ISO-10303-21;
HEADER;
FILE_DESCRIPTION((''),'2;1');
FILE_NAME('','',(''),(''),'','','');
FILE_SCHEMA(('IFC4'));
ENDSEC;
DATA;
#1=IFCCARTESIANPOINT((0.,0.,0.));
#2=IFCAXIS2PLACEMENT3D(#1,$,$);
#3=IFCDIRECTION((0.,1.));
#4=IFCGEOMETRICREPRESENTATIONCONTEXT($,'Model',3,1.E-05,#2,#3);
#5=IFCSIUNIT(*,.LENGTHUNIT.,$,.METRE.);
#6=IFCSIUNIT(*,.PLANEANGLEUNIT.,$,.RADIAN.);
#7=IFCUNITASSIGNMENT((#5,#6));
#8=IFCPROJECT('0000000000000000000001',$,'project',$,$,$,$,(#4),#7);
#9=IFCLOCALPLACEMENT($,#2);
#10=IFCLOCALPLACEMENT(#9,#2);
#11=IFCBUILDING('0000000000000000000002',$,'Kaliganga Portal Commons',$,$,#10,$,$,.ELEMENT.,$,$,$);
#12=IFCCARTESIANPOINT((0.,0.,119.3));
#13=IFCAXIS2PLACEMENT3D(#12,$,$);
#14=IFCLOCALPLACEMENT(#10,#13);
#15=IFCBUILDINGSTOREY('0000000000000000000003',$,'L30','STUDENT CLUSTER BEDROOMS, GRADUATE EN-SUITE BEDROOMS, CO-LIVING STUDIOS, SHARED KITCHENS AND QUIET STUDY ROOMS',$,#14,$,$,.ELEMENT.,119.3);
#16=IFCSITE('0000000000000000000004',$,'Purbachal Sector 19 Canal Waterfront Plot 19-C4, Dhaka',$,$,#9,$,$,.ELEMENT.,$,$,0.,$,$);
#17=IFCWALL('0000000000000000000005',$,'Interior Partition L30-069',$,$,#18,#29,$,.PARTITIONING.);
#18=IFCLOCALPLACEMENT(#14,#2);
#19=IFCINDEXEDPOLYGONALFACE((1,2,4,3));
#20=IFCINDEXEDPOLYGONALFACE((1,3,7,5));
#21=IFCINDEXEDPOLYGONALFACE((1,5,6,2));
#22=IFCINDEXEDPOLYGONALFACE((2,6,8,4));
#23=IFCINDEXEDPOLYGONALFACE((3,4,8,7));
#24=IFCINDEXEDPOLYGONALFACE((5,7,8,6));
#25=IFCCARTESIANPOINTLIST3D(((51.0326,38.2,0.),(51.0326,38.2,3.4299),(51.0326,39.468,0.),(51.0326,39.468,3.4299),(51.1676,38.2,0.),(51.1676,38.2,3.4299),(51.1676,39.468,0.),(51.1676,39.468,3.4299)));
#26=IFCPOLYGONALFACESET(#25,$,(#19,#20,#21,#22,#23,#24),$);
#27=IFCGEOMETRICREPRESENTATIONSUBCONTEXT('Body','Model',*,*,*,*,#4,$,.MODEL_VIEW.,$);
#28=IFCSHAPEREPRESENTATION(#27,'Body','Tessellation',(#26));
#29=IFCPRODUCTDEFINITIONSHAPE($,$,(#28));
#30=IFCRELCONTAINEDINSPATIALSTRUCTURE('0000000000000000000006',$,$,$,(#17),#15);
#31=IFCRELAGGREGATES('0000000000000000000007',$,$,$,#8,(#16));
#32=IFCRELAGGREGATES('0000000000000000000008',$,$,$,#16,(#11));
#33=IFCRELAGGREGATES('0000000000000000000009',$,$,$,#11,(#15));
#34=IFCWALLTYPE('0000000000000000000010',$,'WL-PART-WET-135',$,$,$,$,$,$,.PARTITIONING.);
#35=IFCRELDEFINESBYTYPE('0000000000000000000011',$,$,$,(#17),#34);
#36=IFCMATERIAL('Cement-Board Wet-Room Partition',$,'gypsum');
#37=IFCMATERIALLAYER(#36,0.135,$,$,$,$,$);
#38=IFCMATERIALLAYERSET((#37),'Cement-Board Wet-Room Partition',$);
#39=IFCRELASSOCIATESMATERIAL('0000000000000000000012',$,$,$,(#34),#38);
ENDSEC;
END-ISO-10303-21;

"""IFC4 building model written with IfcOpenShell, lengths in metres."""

from ifc_helpers import new_model, si_unit, direction, frame, frame_2d, origin, place, context, subcontext, project, spatial, rectangle, extrude, material, layer, layer_set, type_object, element, save


model = new_model("IFC4")

# Units and contexts
model_context = context("Model", 3, precision=1e-05, world=origin(), true_north=direction((0.0, 1.0)))
body_context = subcontext(model_context, "Body", "Model", "MODEL_VIEW")
ifc_project = project(units=[si_unit("LENGTHUNIT", "METRE"), si_unit("PLANEANGLEUNIT", "RADIAN")], contexts=[model_context])

# Site, building, storey
site_placement = place(None, origin())
site = spatial("IfcSite", under=ifc_project, at=site_placement, Name="Purbachal Sector 19 Canal Waterfront Plot 19-C4, Dhaka", CompositionType="ELEMENT", RefElevation=0.0)
building_placement = place(site_placement, origin())
building = spatial("IfcBuilding", under=site, at=building_placement, Name="Kaliganga Portal Commons", CompositionType="ELEMENT")
storey_placement = place(building_placement, frame((0.0, 0.0, 119.3)))
storey = spatial("IfcBuildingStorey", under=building, at=storey_placement, Name="L30", Description="STUDENT CLUSTER BEDROOMS, GRADUATE EN-SUITE BEDROOMS, CO-LIVING STUDIOS, SHARED KITCHENS AND QUIET STUDY ROOMS", CompositionType="ELEMENT", Elevation=119.3)

# Wall
ifc_material_1 = material(Name="Cement-Board Wet-Room Partition", Category="gypsum")
ifc_layer_1 = layer(ifc_material_1, 0.135)
ifc_layer_set_1 = layer_set([ifc_layer_1], Name="Cement-Board Wet-Room Partition")
wall_type_1 = type_object("IfcWallType", Name="WL-PART-WET-135", PredefinedType="PARTITIONING", material=ifc_layer_set_1)
wall_1_placement = place(storey_placement, frame((51.1001, 38.2, 0.0), z_axis=(0.0, 0.0, 1.0), x_axis=(0.0, 1.0, 0.0)))
element("IfcWall", 1, at=wall_1_placement, inside=storey, type_object=wall_type_1, Name="Interior Partition L30-069", PredefinedType="PARTITIONING", context=body_context, shape_type="SweptSolid", body=[
    extrude(rectangle(XDim=1.2681, YDim=0.135, at=frame_2d((0.634, 0.0))), origin(), (0.0, 0.0, 1.0), 3.4299),
])

save(model, "model.ifc")
